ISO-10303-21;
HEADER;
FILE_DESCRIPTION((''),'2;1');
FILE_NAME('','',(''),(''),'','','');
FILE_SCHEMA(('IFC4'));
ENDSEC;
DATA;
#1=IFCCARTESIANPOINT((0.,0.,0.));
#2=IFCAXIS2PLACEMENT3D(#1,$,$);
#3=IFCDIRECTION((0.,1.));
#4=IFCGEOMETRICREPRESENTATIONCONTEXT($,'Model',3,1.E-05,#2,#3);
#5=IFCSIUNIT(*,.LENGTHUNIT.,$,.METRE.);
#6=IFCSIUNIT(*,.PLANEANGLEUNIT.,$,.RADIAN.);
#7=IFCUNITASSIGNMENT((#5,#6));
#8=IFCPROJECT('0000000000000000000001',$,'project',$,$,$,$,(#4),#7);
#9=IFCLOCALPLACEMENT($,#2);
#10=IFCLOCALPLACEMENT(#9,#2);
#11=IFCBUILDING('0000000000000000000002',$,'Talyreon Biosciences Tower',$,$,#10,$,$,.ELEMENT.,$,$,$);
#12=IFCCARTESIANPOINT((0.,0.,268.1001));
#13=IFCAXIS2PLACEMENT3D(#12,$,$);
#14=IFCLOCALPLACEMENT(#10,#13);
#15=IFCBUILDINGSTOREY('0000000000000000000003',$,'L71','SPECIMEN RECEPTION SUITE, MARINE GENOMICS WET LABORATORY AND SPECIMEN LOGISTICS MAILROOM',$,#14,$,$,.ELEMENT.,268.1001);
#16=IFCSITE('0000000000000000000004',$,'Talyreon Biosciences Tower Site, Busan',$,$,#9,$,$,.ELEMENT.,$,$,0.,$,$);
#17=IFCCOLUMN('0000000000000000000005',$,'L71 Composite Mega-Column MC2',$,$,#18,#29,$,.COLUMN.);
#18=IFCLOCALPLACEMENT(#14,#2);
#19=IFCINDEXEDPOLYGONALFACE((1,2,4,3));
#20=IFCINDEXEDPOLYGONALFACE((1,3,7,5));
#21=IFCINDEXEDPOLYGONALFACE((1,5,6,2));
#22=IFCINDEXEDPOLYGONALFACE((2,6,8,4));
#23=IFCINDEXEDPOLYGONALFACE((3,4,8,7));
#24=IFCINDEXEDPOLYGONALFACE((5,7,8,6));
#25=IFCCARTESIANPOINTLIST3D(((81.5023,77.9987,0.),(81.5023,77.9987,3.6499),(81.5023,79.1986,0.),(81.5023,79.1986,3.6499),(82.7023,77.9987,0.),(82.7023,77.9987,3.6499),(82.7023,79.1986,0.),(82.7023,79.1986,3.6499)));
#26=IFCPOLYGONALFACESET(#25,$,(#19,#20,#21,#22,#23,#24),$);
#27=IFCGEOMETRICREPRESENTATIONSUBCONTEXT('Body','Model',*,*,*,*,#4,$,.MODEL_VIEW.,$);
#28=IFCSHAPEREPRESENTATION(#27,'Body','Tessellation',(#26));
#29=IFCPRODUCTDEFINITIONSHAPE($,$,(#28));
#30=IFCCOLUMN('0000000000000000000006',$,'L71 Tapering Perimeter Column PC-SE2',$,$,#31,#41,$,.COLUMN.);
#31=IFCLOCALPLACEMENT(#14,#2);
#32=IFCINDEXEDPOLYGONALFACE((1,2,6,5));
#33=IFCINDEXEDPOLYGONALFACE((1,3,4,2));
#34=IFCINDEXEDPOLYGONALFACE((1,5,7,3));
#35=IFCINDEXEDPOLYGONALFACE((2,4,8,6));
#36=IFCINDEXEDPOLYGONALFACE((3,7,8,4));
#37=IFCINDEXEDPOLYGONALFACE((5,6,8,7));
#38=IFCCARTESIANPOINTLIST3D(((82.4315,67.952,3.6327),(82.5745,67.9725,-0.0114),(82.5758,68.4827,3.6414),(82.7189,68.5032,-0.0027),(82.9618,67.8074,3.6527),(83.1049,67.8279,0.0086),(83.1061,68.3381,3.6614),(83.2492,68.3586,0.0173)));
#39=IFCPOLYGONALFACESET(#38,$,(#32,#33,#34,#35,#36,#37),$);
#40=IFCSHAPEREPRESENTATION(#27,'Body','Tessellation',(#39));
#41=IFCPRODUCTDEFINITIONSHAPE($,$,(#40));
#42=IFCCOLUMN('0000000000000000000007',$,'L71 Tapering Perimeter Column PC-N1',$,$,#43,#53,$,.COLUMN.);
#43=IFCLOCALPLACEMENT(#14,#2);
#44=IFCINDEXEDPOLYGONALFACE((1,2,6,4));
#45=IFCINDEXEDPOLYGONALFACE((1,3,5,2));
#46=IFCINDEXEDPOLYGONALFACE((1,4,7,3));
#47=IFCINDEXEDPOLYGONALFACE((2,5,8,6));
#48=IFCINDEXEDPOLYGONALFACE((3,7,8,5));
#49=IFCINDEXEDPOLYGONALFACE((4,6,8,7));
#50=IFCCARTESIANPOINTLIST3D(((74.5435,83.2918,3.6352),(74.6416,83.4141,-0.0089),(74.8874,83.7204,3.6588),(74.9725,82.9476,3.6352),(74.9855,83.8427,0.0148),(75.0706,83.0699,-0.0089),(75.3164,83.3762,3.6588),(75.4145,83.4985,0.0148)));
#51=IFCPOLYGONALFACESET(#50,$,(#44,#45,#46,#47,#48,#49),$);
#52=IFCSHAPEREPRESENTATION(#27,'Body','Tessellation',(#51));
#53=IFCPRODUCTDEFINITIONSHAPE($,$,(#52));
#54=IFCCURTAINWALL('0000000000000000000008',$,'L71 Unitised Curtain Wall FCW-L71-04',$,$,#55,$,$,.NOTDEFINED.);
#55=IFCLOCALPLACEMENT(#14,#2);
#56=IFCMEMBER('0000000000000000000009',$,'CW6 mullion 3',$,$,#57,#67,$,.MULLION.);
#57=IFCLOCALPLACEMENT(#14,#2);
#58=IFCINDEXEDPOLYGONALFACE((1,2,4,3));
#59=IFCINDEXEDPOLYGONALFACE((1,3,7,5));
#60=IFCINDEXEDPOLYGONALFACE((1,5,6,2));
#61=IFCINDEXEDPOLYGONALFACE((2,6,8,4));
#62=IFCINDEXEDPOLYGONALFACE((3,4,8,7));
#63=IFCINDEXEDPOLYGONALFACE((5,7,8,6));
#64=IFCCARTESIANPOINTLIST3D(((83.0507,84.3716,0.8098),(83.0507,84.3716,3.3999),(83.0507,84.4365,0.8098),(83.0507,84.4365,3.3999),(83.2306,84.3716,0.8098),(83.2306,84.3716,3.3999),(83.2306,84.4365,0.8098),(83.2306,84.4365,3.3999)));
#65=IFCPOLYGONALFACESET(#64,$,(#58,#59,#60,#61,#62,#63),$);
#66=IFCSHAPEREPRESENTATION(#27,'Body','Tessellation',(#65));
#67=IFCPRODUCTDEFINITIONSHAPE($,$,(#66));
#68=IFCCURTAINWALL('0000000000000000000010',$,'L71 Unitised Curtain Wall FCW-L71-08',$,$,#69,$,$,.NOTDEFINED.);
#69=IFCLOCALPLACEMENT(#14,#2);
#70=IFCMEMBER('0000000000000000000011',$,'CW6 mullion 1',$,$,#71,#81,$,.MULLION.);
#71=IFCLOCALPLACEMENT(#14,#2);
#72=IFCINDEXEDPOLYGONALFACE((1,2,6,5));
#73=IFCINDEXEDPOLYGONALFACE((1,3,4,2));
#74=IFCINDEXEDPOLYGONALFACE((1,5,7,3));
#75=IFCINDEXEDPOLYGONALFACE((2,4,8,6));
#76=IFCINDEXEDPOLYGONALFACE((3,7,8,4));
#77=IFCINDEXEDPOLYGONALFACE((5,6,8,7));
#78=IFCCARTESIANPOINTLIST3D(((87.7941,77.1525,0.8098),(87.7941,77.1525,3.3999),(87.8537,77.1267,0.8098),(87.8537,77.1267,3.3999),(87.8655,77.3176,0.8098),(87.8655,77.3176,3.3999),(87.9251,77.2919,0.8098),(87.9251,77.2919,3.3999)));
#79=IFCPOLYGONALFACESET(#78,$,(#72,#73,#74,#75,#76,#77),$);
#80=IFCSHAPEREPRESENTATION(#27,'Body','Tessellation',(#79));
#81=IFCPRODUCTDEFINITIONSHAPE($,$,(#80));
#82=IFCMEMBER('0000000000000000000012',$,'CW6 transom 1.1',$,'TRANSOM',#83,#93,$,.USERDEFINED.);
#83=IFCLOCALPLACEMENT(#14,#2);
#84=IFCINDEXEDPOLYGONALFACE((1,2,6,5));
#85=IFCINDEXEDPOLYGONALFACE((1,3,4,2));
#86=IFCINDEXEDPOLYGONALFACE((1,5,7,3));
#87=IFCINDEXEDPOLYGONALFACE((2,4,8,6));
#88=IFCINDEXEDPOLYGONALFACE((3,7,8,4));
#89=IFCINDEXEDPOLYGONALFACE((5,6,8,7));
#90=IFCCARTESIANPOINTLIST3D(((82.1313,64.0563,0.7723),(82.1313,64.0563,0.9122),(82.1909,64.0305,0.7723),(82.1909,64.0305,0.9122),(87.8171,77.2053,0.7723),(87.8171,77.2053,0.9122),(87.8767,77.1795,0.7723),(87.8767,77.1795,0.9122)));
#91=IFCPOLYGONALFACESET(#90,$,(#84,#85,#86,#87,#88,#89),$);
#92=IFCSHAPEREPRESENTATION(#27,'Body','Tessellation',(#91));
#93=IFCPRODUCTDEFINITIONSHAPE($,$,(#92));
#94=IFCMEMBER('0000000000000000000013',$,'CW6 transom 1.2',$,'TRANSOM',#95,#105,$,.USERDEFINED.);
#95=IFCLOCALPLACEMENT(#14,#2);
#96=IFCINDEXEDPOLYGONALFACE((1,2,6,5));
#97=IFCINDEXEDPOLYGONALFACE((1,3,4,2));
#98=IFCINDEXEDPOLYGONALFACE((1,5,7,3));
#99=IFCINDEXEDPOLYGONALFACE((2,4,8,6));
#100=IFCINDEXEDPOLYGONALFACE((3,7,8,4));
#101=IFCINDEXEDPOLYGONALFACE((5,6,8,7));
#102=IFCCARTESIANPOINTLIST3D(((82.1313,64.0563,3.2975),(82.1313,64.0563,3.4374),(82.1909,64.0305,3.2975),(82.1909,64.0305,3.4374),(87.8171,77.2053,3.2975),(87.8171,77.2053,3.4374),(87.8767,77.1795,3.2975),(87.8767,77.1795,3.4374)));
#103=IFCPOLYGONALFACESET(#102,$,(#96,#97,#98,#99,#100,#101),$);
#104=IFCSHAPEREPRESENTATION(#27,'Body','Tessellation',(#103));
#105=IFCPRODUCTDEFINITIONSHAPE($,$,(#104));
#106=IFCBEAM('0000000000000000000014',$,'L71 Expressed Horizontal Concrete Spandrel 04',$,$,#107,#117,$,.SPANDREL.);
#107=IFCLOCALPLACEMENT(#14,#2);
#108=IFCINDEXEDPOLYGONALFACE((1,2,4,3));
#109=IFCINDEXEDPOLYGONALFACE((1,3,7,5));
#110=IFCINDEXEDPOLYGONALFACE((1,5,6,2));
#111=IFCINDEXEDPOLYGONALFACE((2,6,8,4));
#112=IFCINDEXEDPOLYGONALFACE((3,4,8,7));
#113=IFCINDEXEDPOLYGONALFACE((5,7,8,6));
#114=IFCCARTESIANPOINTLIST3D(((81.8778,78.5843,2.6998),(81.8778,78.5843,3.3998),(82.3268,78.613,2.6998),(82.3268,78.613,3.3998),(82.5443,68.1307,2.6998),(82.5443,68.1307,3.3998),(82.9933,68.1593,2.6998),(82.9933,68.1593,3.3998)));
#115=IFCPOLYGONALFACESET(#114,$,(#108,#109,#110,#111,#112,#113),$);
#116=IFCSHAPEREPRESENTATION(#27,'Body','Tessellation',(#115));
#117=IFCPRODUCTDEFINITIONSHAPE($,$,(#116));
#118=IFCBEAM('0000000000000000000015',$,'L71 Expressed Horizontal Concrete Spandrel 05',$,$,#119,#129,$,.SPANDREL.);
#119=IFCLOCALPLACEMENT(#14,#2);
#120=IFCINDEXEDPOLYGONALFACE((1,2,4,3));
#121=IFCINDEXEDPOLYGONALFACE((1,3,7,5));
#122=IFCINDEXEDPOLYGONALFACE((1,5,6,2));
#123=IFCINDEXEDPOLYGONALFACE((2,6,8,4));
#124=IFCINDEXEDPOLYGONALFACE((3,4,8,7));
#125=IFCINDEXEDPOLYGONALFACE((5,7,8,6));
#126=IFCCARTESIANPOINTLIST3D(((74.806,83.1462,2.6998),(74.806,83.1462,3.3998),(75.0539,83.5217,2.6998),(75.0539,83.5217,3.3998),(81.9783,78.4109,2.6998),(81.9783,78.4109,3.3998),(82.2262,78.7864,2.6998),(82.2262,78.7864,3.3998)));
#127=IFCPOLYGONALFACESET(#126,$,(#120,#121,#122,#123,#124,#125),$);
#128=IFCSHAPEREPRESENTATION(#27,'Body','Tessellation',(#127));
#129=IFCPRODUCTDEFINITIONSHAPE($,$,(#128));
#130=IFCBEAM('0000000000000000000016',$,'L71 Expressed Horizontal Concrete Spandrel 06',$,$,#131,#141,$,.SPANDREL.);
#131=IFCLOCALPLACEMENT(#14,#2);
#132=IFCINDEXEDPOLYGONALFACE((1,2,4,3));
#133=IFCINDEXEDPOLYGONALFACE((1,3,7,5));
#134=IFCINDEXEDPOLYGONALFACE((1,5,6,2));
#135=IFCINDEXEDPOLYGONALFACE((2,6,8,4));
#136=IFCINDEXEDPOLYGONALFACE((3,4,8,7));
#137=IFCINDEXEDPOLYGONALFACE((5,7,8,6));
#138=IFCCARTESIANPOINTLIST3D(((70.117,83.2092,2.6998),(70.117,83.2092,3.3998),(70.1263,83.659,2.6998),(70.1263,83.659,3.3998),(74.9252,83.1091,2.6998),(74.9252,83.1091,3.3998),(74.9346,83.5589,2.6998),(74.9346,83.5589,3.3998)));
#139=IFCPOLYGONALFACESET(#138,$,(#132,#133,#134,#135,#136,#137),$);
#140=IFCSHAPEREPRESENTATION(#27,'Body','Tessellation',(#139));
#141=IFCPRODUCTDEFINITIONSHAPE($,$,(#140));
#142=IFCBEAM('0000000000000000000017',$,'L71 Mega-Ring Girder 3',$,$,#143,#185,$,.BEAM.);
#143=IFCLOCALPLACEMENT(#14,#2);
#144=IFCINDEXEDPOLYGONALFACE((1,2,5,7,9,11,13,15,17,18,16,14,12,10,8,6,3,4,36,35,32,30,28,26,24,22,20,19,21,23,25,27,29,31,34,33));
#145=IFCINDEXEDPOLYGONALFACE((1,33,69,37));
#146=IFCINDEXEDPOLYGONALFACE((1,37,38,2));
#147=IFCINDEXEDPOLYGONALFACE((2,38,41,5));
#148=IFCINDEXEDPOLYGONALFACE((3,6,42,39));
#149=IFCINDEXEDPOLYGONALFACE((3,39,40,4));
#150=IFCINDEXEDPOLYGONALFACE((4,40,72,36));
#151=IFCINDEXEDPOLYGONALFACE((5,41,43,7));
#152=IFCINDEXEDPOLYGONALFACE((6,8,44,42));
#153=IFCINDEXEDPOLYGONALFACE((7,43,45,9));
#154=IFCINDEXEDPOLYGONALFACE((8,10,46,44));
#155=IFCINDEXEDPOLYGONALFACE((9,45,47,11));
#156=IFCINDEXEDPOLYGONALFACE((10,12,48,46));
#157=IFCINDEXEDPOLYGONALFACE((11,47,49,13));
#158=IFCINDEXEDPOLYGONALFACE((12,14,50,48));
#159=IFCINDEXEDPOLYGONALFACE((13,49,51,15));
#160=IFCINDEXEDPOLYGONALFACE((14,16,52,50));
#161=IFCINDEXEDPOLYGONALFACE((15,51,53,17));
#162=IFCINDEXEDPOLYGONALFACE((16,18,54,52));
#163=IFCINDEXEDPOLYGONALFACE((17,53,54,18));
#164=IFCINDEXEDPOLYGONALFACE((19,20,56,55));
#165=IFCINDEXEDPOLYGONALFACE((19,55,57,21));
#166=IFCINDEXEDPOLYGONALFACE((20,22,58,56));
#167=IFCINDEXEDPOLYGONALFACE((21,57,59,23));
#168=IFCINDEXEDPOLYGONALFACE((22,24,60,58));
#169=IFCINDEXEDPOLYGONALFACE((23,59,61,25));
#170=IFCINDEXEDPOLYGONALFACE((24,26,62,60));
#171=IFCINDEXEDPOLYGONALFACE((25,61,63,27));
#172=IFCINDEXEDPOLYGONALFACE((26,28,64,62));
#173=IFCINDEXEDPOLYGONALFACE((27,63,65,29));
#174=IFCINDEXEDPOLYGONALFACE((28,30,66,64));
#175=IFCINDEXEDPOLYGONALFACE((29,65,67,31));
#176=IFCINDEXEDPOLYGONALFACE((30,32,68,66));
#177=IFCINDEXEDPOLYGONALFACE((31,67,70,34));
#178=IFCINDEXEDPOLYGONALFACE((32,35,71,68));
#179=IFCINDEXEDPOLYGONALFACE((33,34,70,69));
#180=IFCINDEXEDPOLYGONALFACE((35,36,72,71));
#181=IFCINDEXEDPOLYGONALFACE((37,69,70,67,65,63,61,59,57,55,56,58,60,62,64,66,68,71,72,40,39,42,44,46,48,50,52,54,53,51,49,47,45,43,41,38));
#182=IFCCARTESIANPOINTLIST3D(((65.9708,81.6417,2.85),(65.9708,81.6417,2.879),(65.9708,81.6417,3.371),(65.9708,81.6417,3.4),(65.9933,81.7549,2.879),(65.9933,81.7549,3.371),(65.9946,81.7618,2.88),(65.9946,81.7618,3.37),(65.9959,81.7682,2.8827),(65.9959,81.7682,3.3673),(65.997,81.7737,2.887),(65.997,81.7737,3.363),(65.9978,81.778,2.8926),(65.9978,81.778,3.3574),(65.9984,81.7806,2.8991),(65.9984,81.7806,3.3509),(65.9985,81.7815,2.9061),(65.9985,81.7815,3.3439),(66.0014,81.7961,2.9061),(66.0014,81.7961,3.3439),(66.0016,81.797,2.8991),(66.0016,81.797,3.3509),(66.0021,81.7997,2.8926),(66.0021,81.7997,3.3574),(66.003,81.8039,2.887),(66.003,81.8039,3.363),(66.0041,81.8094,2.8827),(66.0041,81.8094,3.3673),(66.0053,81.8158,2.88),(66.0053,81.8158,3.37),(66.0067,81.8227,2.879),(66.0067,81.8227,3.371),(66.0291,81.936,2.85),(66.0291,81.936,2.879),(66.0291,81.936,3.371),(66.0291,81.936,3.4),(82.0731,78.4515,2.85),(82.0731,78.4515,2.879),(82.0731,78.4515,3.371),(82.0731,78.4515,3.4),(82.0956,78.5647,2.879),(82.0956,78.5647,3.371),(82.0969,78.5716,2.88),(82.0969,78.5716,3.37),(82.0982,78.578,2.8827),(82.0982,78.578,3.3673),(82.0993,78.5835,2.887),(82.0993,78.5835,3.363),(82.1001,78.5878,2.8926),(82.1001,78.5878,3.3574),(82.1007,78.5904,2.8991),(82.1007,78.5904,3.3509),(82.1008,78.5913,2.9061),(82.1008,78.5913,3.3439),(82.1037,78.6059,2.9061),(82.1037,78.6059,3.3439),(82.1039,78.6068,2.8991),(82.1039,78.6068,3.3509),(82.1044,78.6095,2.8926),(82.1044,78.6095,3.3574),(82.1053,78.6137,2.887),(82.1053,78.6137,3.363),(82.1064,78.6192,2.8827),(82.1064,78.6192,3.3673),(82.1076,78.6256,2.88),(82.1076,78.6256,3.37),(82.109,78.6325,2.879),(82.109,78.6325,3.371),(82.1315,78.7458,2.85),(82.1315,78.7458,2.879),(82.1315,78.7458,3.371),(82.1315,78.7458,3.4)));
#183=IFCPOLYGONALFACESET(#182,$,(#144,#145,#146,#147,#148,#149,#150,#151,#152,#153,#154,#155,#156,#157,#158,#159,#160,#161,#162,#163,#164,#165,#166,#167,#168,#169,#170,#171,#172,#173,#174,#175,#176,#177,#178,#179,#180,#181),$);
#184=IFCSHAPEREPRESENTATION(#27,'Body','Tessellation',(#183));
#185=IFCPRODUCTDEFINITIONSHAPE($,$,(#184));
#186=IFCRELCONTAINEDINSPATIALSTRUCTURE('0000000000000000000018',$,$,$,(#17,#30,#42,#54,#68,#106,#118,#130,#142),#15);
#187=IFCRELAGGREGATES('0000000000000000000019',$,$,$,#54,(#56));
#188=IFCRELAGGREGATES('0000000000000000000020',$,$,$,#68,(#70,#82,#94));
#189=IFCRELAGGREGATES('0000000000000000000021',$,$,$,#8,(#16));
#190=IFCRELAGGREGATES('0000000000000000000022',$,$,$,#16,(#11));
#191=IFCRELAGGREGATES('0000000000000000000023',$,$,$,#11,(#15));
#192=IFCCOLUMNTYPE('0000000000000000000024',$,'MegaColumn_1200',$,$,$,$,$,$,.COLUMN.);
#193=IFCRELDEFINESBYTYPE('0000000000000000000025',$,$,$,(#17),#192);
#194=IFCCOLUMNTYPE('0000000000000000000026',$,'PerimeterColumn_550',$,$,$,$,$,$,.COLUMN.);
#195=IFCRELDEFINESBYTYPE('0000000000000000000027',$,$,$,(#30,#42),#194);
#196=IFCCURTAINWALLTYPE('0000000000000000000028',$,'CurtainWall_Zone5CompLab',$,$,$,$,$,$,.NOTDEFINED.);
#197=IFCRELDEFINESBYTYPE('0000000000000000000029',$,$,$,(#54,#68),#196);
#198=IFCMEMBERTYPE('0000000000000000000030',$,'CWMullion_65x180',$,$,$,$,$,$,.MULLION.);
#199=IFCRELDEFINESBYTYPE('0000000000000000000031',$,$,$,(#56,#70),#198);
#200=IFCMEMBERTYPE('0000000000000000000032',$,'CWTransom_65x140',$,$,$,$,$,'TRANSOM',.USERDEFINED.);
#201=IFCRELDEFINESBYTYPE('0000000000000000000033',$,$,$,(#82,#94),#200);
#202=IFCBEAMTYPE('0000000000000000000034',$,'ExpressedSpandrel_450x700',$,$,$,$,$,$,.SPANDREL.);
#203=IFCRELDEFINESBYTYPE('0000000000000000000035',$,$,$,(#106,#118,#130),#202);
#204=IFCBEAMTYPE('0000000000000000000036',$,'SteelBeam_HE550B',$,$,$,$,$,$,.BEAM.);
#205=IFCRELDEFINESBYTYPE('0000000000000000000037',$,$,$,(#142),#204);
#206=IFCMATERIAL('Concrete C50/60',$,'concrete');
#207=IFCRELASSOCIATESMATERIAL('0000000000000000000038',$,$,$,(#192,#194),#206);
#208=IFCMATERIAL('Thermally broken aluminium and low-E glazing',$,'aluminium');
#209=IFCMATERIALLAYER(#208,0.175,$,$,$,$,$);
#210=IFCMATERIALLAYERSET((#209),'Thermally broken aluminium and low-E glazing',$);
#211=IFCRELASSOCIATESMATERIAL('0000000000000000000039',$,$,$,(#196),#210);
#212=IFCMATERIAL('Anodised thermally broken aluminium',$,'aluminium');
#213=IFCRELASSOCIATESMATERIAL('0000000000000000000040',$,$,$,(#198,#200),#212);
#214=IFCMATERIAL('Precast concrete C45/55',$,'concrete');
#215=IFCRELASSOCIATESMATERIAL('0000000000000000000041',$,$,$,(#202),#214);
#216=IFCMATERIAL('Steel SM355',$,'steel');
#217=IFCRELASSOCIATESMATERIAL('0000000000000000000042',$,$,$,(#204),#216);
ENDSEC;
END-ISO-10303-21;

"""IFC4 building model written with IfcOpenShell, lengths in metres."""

from ifc_helpers import new_model, si_unit, direction, frame, origin, origin_2d, place, context, subcontext, project, spatial, rectangle, i_section, extrude, material, layer, layer_set, material_profile, profile_set, type_object, element, aggregate, save


model = new_model("IFC4")

# Units and contexts
model_context = context("Model", 3, precision=1e-05, world=origin(), true_north=direction((0.0, 1.0)))
body_context = subcontext(model_context, "Body", "Model", "MODEL_VIEW")
ifc_project = project(units=[si_unit("LENGTHUNIT", "METRE"), si_unit("PLANEANGLEUNIT", "RADIAN")], contexts=[model_context])

# Site, building, storey
site_placement = place(None, origin())
site = spatial("IfcSite", under=ifc_project, at=site_placement, Name="Talyreon Biosciences Tower Site, Busan", CompositionType="ELEMENT", RefElevation=0.0)
building_placement = place(site_placement, origin())
building = spatial("IfcBuilding", under=site, at=building_placement, Name="Talyreon Biosciences Tower", CompositionType="ELEMENT")
storey_placement = place(building_placement, frame((0.0, 0.0, 268.1001)))
storey = spatial("IfcBuildingStorey", under=building, at=storey_placement, Name="L71", Description="SPECIMEN RECEPTION SUITE, MARINE GENOMICS WET LABORATORY AND SPECIMEN LOGISTICS MAILROOM", CompositionType="ELEMENT", Elevation=268.1001)

# Columns
ifc_material_1 = material(Name="Concrete C50/60", Category="concrete")
ifc_material_profile_1 = material_profile(ifc_material_1, rectangle(XDim=1.2, YDim=1.2, at=origin_2d()), Name="RC 1200x1200")
ifc_profile_set_1 = profile_set([ifc_material_profile_1], Name="Concrete C50/60")
column_type_1 = type_object("IfcColumnType", Name="MegaColumn_1200", PredefinedType="COLUMN", material=ifc_profile_set_1)
column_1_placement = place(storey_placement, frame((82.1023, 78.5986, 0.0), z_axis=(0.0, 0.0, 1.0), x_axis=(1.0, 0.0, 0.0)))
element("IfcColumn", 1, at=column_1_placement, inside=storey, type_object=column_type_1, Name="L71 Composite Mega-Column MC2", PredefinedType="COLUMN", context=body_context, shape_type="SweptSolid", body=[
    extrude(rectangle(XDim=1.2, YDim=1.2, at=origin_2d()), origin(), (0.0, 0.0, 1.0), 3.6499),
])
ifc_material_profile_2 = material_profile(ifc_material_1, rectangle(XDim=0.55, YDim=0.55, at=origin_2d()), Name="RC 550x550")
ifc_profile_set_2 = profile_set([ifc_material_profile_2], Name="Concrete C50/60")
column_type_2 = type_object("IfcColumnType", Name="PerimeterColumn_550", PredefinedType="COLUMN", material=ifc_profile_set_2)
column_2_placement = place(storey_placement, frame((82.9119, 68.1655, 0.0029), z_axis=(-0.03923, -0.005623, 0.999214), x_axis=(0.964149, -0.262856, 0.036374)))
element("IfcColumn", 2, at=column_2_placement, inside=storey, type_object=column_type_2, Name="L71 Tapering Perimeter Column PC-SE2", PredefinedType="COLUMN", context=body_context, shape_type="SweptSolid", body=[
    extrude(rectangle(XDim=0.55, YDim=0.55, at=origin_2d()), origin(), (0.0, 0.0, 1.0), 3.647),
])
column_3_placement = place(storey_placement, frame((75.0281, 83.4563, 0.0029), z_axis=(-0.026908, -0.033535, 0.999075), x_axis=(-0.779957, 0.625834, 0.0)))
element("IfcColumn", 3, at=column_3_placement, inside=storey, type_object=column_type_2, Name="L71 Tapering Perimeter Column PC-N1", PredefinedType="COLUMN", context=body_context, shape_type="SweptSolid", body=[
    extrude(rectangle(XDim=0.55, YDim=0.55, at=origin_2d()), origin(), (0.0, 0.0, 1.0), 3.6475),
])

# Curtain wall, member
ifc_material_2 = material(Name="Thermally broken aluminium and low-E glazing", Category="aluminium")
ifc_layer_1 = layer(ifc_material_2, 0.175)
ifc_layer_set_1 = layer_set([ifc_layer_1], Name="Thermally broken aluminium and low-E glazing")
curtain_wall_type = type_object("IfcCurtainWallType", Name="CurtainWall_Zone5CompLab", PredefinedType="NOTDEFINED", material=ifc_layer_set_1)
curtain_wall_1_placement = place(storey_placement, origin())
curtain_wall_1 = element("IfcCurtainWall", 4, at=curtain_wall_1_placement, inside=storey, type_object=curtain_wall_type, Name="L71 Unitised Curtain Wall FCW-L71-04", PredefinedType="NOTDEFINED")
ifc_material_3 = material(Name="Anodised thermally broken aluminium", Category="aluminium")
ifc_material_profile_3 = material_profile(ifc_material_3, rectangle(XDim=0.0649, YDim=0.1799, at=origin_2d()), Name="ALUM MULLION 65x180")
ifc_profile_set_3 = profile_set([ifc_material_profile_3], Name="Anodised thermally broken aluminium")
member_type_1 = type_object("IfcMemberType", Name="CWMullion_65x180", PredefinedType="MULLION", material=ifc_profile_set_3)
member_1_placement = place(storey_placement, frame((83.1406, 84.4041, 0.8098), z_axis=(0.0, 0.0, 1.0), x_axis=(0.0, 1.0, 0.0)))
member_1 = element("IfcMember", 5, at=member_1_placement, type_object=member_type_1, Name="CW6 mullion 3", PredefinedType="MULLION", context=body_context, shape_type="SweptSolid", body=[
    extrude(rectangle(XDim=0.0649, YDim=0.1799, at=origin_2d()), origin(), (0.0, 0.0, 1.0), 2.5901),
])

# Curtain wall, members
curtain_wall_2_placement = place(storey_placement, origin())
curtain_wall_2 = element("IfcCurtainWall", 6, at=curtain_wall_2_placement, inside=storey, type_object=curtain_wall_type, Name="L71 Unitised Curtain Wall FCW-L71-08", PredefinedType="NOTDEFINED")
member_2_placement = place(storey_placement, frame((87.8596, 77.2222, 0.8098), z_axis=(0.0, 0.0, 1.0), x_axis=(0.917868, -0.396887, 0.0)))
member_2 = element("IfcMember", 7, at=member_2_placement, type_object=member_type_1, Name="CW6 mullion 1", PredefinedType="MULLION", context=body_context, shape_type="SweptSolid", body=[
    extrude(rectangle(XDim=0.0649, YDim=0.1799, at=origin_2d()), origin(), (0.0, 0.0, 1.0), 2.5901),
])
ifc_material_profile_4 = material_profile(ifc_material_3, rectangle(XDim=0.0649, YDim=0.1399, at=origin_2d()), Name="ALUM TRANSOM 65x140")
ifc_profile_set_4 = profile_set([ifc_material_profile_4], Name="Anodised thermally broken aluminium")
member_type_2 = type_object("IfcMemberType", Name="CWTransom_65x140", ElementType="TRANSOM", PredefinedType="USERDEFINED", material=ifc_profile_set_4)
member_3_placement = place(storey_placement, frame((87.8469, 77.1924, 0.8423), z_axis=(-0.396898, -0.917863, 0.0), x_axis=(0.917863, -0.396898, 0.0)))
member_3 = element("IfcMember", 8, at=member_3_placement, type_object=member_type_2, Name="CW6 transom 1.1", ObjectType="TRANSOM", PredefinedType="USERDEFINED", context=body_context, shape_type="SweptSolid", body=[
    extrude(rectangle(XDim=0.0649, YDim=0.1399, at=origin_2d()), origin(), (0.0, 0.0, 1.0), 14.3257),
])
member_4_placement = place(storey_placement, frame((87.8469, 77.1924, 3.3674), z_axis=(-0.396898, -0.917863, 0.0), x_axis=(0.917863, -0.396898, 0.0)))
member_4 = element("IfcMember", 9, at=member_4_placement, type_object=member_type_2, Name="CW6 transom 1.2", ObjectType="TRANSOM", PredefinedType="USERDEFINED", context=body_context, shape_type="SweptSolid", body=[
    extrude(rectangle(XDim=0.0649, YDim=0.1399, at=origin_2d()), origin(), (0.0, 0.0, 1.0), 14.3257),
])

# Beams
ifc_material_4 = material(Name="Precast concrete C45/55", Category="concrete")
ifc_material_profile_5 = material_profile(ifc_material_4, rectangle(XDim=0.45, YDim=0.7, at=origin_2d()), Name="RCB 450x700")
ifc_profile_set_5 = profile_set([ifc_material_profile_5], Name="Precast concrete C45/55")
beam_type_1 = type_object("IfcBeamType", Name="ExpressedSpandrel_450x700", PredefinedType="SPANDREL", material=ifc_profile_set_5)
beam_1_placement = place(storey_placement, frame((82.7688, 68.145, 3.0498), z_axis=(-0.063629, 0.997974, 0.0), x_axis=(-0.997974, -0.063629, 0.0)))
element("IfcBeam", 10, at=beam_1_placement, inside=storey, type_object=beam_type_1, Name="L71 Expressed Horizontal Concrete Spandrel 04", PredefinedType="SPANDREL", context=body_context, shape_type="SweptSolid", body=[
    extrude(rectangle(XDim=0.45, YDim=0.7, at=origin_2d()), origin(), (0.0, 0.0, 1.0), 10.4749),
])
beam_2_placement = place(storey_placement, frame((82.1023, 78.5986, 3.0498), z_axis=(-0.834524, 0.550971, 0.0), x_axis=(-0.550971, -0.834524, 0.0)))
element("IfcBeam", 11, at=beam_2_placement, inside=storey, type_object=beam_type_1, Name="L71 Expressed Horizontal Concrete Spandrel 05", PredefinedType="SPANDREL", context=body_context, shape_type="SweptSolid", body=[
    extrude(rectangle(XDim=0.45, YDim=0.7, at=origin_2d()), origin(), (0.0, 0.0, 1.0), 8.5945),
])
beam_3_placement = place(storey_placement, frame((74.9299, 83.334, 3.0498), z_axis=(-0.999783, 0.020813, 0.0), x_axis=(-0.020813, -0.999783, 0.0)))
element("IfcBeam", 12, at=beam_3_placement, inside=storey, type_object=beam_type_1, Name="L71 Expressed Horizontal Concrete Spandrel 06", PredefinedType="SPANDREL", context=body_context, shape_type="SweptSolid", body=[
    extrude(rectangle(XDim=0.45, YDim=0.7, at=origin_2d()), origin(), (0.0, 0.0, 1.0), 4.8093),
])
ifc_material_5 = material(Name="Steel SM355", Category="steel")
ifc_material_profile_6 = material_profile(ifc_material_5, i_section(OverallWidth=0.3, OverallDepth=0.55, WebThickness=0.0149, FlangeThickness=0.0291, FilletRadius=0.0271, at=origin_2d()), Name="HE550B")
ifc_profile_set_6 = profile_set([ifc_material_profile_6], Name="Steel SM355")
beam_type_2 = type_object("IfcBeamType", Name="SteelBeam_HE550B", PredefinedType="BEAM", material=ifc_profile_set_6)
beam_4_placement = place(storey_placement, frame((82.1023, 78.5986, 3.125), z_axis=(-0.980934, 0.194343, 0.0), x_axis=(-0.194343, -0.980934, 0.0)))
element("IfcBeam", 13, at=beam_4_placement, inside=storey, type_object=beam_type_2, Name="L71 Mega-Ring Girder 3", PredefinedType="BEAM", context=body_context, shape_type="SweptSolid", body=[
    extrude(i_section(OverallWidth=0.3, OverallDepth=0.55, WebThickness=0.0149, FlangeThickness=0.0291, FilletRadius=0.0271, at=origin_2d()), origin(), (0.0, 0.0, 1.0), 16.4153),
])

aggregate(curtain_wall_1, [member_1])
aggregate(curtain_wall_2, [member_2, member_3, member_4])

save(model, "model.ifc")
